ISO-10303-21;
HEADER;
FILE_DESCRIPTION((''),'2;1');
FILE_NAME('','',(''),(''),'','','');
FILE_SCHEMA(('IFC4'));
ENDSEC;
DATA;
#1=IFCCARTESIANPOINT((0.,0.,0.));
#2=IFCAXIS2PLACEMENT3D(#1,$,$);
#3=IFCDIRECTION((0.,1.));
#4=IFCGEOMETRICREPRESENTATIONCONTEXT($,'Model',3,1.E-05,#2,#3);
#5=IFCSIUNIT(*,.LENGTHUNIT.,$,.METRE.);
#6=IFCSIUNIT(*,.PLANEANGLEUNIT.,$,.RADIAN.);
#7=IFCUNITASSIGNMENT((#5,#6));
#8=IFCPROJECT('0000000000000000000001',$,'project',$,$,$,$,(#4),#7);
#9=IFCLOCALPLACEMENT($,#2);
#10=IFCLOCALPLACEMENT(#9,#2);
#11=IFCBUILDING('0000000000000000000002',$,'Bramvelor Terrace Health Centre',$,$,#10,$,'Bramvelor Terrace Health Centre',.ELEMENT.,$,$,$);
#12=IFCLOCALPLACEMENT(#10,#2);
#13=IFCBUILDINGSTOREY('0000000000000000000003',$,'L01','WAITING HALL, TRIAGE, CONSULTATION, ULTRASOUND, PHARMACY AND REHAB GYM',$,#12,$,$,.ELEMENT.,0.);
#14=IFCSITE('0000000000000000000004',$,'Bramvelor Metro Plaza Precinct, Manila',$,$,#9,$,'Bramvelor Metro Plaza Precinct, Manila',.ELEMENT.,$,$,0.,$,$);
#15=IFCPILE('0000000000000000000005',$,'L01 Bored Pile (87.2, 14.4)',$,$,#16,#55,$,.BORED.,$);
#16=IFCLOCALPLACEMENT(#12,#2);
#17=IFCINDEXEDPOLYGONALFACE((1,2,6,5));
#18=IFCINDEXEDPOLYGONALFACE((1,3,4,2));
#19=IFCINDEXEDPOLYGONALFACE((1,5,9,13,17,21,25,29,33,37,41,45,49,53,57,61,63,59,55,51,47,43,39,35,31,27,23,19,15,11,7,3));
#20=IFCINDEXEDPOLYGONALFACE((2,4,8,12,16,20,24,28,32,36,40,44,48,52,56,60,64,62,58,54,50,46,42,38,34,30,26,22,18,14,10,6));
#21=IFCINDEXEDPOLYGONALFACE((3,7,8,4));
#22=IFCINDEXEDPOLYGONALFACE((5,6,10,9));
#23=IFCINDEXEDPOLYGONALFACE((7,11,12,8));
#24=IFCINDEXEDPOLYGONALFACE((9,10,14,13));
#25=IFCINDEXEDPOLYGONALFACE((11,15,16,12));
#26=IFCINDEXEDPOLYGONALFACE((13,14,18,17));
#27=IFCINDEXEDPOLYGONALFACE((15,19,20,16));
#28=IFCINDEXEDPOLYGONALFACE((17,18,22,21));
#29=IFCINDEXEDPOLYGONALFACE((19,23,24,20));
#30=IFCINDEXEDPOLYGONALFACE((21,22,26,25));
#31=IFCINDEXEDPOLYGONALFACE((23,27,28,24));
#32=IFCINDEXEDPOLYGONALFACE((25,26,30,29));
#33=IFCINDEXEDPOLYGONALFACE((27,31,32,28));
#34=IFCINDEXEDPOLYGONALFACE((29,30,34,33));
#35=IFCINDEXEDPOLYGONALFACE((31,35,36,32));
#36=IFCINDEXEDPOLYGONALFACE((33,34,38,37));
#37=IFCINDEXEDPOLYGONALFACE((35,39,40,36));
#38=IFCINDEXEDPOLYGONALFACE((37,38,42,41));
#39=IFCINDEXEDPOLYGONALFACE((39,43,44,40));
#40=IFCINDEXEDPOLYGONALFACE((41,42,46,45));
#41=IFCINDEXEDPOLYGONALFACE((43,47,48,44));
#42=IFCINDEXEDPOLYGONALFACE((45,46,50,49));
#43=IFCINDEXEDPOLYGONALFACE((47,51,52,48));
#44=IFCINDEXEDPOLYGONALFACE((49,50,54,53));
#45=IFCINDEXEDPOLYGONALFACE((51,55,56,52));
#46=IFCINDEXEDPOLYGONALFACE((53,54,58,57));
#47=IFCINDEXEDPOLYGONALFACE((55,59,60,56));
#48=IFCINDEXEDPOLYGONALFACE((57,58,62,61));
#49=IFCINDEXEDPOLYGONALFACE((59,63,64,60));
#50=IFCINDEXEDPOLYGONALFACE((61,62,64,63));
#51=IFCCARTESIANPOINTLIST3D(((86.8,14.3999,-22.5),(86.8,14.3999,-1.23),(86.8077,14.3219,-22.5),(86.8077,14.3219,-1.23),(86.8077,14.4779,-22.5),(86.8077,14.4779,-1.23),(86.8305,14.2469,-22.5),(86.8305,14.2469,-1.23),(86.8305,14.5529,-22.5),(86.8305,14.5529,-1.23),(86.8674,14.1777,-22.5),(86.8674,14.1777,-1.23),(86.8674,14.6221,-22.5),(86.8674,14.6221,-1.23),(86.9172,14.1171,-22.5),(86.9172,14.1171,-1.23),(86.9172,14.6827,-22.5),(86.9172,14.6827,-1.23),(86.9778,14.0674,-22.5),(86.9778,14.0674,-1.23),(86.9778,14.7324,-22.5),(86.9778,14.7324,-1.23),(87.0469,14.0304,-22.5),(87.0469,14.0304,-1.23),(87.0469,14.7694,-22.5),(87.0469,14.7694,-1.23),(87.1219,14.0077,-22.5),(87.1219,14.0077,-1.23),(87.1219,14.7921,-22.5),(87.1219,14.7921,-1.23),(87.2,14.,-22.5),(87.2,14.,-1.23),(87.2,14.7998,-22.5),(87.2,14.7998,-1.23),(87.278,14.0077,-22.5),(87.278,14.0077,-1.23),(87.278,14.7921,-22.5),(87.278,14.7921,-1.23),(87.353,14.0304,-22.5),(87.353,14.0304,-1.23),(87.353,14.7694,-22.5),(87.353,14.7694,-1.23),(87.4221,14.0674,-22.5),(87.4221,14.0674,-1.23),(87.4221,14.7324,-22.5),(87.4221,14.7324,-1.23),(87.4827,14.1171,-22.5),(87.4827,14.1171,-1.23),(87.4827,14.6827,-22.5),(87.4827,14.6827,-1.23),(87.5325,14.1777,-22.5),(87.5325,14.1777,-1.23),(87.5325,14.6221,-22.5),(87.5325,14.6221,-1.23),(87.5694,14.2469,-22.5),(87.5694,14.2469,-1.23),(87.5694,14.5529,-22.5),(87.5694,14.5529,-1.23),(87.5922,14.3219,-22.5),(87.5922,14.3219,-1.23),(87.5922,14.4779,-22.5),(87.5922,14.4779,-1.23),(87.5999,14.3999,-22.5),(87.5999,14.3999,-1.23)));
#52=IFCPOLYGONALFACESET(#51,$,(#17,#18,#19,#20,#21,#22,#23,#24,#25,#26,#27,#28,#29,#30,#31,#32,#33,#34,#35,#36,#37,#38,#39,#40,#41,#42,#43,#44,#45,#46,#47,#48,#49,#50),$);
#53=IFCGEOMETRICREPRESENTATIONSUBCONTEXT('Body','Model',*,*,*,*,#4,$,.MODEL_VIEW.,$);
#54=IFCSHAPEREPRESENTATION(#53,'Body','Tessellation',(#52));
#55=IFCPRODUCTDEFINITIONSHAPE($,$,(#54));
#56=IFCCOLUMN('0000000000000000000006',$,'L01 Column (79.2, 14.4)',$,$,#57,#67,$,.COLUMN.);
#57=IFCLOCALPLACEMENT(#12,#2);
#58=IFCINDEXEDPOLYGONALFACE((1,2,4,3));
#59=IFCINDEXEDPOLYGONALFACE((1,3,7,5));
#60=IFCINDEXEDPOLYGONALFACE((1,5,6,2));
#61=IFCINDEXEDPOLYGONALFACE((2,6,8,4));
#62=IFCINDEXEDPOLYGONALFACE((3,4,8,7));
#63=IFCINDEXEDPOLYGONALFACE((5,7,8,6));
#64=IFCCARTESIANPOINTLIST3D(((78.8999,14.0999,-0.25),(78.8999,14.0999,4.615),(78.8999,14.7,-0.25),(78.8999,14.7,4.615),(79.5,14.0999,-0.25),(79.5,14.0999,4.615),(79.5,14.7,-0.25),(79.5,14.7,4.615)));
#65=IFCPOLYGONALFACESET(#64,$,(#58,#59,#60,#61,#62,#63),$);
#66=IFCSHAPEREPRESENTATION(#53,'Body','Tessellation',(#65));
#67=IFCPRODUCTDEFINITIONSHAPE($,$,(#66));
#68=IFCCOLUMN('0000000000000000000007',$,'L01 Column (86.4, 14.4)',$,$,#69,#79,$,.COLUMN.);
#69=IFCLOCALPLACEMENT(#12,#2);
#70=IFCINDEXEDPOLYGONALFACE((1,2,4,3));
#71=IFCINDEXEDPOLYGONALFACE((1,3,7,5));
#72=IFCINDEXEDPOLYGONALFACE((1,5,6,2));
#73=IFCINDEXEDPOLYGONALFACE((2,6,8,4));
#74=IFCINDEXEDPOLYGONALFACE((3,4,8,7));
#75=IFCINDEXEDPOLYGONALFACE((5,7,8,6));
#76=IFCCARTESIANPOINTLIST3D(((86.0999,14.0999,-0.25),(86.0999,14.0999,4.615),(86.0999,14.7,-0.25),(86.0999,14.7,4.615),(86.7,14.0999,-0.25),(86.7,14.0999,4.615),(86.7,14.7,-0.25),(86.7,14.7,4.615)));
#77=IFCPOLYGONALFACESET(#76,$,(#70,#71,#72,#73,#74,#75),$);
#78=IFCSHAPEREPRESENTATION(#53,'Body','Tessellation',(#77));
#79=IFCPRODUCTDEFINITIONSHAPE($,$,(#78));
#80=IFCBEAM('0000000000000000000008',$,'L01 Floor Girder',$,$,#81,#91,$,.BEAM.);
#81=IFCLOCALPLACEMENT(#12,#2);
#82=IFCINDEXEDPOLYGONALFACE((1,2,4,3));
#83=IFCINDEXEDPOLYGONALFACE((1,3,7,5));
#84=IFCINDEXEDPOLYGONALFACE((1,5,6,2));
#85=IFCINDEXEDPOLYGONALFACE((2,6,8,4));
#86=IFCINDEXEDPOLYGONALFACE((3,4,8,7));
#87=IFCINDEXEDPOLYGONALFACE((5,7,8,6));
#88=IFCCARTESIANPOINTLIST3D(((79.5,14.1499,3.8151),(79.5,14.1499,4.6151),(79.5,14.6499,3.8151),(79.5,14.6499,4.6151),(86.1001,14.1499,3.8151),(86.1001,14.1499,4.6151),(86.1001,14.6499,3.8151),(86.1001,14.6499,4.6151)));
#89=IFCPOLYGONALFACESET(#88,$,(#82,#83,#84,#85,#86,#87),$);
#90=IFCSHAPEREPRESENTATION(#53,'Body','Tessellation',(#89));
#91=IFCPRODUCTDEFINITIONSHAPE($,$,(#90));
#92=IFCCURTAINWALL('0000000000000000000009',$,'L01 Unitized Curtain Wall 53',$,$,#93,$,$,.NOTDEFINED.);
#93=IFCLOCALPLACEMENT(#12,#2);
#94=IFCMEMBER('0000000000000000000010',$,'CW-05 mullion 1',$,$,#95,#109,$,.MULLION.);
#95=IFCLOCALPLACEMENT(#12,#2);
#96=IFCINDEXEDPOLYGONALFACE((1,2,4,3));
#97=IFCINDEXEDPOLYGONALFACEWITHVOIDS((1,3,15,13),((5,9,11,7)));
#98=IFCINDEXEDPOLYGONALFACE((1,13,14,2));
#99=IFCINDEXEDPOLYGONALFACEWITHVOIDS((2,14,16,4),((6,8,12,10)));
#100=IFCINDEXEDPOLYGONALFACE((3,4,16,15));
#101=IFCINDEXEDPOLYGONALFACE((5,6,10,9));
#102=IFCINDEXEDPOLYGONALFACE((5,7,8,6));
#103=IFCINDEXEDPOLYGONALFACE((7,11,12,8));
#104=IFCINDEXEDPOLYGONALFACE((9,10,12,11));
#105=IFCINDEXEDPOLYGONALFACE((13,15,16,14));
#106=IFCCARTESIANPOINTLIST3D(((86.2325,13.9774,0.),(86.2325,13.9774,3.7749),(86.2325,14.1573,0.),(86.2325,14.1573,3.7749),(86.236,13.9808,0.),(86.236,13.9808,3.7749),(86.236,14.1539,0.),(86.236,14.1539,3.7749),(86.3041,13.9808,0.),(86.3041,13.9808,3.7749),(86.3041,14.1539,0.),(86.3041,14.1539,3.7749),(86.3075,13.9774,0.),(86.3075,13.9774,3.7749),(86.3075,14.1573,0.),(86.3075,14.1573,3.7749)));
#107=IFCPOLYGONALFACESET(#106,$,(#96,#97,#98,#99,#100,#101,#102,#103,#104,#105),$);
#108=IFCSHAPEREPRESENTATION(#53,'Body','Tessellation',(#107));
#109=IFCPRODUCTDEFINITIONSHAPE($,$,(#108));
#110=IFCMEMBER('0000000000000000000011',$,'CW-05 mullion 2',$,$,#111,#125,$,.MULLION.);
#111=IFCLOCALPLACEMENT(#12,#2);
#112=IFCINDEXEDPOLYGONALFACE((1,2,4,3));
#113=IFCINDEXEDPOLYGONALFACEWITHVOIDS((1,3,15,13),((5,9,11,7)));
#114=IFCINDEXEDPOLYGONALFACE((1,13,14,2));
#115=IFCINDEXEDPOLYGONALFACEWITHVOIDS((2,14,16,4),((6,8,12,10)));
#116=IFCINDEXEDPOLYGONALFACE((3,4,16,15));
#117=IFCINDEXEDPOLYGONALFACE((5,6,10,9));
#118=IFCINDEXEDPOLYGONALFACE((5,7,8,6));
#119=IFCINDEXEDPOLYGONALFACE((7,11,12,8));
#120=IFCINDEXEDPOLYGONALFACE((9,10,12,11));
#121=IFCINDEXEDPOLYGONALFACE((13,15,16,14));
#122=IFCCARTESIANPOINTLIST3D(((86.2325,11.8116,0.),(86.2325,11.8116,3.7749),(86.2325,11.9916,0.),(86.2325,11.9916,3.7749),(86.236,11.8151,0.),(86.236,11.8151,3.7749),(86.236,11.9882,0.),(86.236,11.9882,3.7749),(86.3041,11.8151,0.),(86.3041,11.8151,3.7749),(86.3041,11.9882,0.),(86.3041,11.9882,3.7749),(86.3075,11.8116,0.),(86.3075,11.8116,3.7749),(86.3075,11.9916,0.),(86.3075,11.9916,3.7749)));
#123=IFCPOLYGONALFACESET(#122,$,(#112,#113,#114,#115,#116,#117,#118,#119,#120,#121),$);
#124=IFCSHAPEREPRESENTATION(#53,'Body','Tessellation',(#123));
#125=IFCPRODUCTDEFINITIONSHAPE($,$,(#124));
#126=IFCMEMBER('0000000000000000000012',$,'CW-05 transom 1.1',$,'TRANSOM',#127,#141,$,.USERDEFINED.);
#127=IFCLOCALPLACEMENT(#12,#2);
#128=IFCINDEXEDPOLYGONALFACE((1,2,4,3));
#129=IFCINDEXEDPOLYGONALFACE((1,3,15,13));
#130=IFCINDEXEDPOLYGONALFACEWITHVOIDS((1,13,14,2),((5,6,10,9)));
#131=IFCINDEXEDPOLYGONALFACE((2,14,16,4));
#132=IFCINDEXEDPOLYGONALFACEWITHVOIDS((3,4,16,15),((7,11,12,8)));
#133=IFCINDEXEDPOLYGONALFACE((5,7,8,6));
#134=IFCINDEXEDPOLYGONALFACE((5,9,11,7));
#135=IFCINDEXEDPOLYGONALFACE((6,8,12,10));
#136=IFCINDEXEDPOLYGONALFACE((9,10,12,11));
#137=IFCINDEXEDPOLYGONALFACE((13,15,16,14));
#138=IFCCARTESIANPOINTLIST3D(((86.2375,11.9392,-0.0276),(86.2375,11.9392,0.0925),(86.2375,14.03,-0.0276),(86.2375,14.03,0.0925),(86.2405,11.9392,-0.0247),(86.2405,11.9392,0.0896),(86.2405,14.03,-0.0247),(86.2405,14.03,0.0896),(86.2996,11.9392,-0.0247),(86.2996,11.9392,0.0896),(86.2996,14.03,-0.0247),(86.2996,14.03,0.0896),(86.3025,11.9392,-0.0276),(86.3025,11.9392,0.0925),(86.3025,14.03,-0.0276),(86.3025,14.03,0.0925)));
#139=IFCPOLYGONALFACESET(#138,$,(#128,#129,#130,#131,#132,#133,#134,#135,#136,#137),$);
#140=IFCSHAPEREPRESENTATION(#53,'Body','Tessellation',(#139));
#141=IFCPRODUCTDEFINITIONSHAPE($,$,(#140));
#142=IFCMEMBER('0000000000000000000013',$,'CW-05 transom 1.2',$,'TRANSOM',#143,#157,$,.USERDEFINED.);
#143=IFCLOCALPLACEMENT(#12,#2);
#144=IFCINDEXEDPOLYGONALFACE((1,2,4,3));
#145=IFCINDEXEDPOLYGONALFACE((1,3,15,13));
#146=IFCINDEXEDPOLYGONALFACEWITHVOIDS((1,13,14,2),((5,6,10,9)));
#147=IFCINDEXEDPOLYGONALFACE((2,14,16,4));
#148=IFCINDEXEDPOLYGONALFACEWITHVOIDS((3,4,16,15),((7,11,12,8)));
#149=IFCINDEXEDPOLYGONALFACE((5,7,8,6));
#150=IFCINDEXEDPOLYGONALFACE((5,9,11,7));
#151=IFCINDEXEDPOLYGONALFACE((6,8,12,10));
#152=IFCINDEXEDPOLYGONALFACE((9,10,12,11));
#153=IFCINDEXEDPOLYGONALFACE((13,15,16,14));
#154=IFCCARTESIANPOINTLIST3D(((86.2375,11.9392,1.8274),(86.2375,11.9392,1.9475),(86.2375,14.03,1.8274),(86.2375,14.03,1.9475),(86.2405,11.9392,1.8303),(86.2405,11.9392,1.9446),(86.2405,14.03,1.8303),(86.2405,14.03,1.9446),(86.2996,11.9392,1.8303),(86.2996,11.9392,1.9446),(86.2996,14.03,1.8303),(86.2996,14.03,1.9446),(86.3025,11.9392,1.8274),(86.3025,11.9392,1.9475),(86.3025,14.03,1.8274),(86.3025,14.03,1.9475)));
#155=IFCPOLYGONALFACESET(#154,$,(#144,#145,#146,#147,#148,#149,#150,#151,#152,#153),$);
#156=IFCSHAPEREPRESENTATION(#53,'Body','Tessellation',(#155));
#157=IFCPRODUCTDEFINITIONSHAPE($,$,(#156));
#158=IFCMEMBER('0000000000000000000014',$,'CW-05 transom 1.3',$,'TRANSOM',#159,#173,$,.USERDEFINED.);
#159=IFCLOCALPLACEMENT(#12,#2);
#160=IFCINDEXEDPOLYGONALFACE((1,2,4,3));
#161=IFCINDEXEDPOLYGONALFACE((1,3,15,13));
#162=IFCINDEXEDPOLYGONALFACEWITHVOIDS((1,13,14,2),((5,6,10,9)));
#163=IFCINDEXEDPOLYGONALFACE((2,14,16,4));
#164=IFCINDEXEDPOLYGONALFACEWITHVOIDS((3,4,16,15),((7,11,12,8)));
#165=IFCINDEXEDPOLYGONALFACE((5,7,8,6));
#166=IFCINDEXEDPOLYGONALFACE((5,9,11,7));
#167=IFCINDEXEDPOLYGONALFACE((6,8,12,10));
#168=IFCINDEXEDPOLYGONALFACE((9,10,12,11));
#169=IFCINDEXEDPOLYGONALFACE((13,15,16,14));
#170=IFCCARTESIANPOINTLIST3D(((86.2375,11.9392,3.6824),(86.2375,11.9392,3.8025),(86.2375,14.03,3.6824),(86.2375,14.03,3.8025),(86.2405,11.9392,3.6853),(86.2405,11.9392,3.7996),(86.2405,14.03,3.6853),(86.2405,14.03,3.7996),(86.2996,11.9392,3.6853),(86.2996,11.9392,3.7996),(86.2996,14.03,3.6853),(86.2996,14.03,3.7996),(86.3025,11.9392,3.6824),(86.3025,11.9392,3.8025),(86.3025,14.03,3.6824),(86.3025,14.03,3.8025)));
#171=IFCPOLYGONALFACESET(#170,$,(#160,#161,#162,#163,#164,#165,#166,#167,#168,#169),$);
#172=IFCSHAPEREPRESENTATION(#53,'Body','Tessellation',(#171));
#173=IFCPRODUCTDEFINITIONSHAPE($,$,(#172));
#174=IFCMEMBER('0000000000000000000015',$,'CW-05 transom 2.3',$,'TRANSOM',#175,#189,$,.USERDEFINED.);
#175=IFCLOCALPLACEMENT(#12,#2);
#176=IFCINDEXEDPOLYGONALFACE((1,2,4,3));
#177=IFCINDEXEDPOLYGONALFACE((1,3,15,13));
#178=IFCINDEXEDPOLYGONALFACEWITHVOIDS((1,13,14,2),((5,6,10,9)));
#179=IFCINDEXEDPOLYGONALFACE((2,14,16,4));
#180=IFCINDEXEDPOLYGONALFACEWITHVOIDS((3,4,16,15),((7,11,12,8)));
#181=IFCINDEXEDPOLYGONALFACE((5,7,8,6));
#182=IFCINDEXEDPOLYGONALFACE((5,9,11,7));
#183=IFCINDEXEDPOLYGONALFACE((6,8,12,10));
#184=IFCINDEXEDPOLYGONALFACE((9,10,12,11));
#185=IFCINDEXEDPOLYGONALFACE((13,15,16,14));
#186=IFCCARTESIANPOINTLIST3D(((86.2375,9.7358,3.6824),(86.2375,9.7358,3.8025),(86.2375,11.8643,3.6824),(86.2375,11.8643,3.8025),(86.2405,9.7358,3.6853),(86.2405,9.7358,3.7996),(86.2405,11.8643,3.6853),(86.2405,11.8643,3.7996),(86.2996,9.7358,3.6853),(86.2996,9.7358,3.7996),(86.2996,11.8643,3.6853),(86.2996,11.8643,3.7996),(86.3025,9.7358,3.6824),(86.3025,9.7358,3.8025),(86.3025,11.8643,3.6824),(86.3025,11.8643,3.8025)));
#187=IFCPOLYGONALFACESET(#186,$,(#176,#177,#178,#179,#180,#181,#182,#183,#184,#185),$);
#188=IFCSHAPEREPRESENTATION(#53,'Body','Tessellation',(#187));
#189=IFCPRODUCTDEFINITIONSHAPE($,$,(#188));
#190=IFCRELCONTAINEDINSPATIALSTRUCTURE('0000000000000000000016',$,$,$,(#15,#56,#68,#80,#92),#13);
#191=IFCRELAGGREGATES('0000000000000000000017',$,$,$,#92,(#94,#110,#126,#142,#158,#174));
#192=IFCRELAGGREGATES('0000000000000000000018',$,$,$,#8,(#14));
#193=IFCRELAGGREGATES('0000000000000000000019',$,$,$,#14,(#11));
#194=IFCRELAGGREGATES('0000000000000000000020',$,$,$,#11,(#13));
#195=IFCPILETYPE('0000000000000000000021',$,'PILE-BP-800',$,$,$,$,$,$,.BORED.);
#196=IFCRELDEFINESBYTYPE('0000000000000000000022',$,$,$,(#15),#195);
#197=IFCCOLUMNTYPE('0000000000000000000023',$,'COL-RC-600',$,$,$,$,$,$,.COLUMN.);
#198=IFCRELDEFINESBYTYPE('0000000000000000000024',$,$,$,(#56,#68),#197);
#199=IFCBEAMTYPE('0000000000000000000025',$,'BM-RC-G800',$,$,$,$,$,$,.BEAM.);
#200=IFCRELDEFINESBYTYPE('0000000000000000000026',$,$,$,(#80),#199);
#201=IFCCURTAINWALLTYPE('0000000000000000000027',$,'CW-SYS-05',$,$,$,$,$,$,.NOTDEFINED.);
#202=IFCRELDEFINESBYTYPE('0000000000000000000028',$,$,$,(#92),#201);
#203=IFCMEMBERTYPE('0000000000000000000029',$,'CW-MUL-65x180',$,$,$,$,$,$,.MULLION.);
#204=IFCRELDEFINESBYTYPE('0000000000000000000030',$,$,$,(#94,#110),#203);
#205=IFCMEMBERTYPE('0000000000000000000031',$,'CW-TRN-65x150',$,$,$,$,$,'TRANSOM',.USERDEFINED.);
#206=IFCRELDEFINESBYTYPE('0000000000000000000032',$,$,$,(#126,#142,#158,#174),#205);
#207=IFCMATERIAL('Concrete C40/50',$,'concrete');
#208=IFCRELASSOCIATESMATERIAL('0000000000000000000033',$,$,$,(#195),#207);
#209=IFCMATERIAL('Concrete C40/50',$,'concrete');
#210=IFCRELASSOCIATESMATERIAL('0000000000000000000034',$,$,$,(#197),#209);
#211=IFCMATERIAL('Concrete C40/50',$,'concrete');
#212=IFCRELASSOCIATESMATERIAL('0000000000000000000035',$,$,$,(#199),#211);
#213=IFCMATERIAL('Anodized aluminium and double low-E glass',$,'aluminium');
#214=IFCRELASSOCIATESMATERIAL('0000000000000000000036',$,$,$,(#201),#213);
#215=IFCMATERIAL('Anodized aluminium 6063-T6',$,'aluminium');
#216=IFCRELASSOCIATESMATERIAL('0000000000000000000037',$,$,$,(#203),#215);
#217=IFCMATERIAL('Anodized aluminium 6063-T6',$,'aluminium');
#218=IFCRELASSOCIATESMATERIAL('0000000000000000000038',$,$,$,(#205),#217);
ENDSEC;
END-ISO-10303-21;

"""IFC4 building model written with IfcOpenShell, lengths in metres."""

from ifc_helpers import new_model, si_unit, direction, frame, origin, origin_2d, place, context, subcontext, project, spatial, rectangle, hollow_rectangle, circle, extrude, material, material_profile, profile_set, type_object, element, aggregate, save


model = new_model("IFC4")

# Units and contexts
model_context = context("Model", 3, precision=1e-05, world=origin(), true_north=direction((0.0, 1.0)))
body_context = subcontext(model_context, "Body", "Model", "MODEL_VIEW")
ifc_project = project(units=[si_unit("LENGTHUNIT", "METRE"), si_unit("PLANEANGLEUNIT", "RADIAN")], contexts=[model_context])

# Site, building, storey
site_placement = place(None, origin())
site = spatial("IfcSite", under=ifc_project, at=site_placement, Name="Bramvelor Metro Plaza Precinct, Manila", LongName="Bramvelor Metro Plaza Precinct, Manila", CompositionType="ELEMENT", RefElevation=0.0)
building_placement = place(site_placement, origin())
building = spatial("IfcBuilding", under=site, at=building_placement, Name="Bramvelor Terrace Health Centre", LongName="Bramvelor Terrace Health Centre", CompositionType="ELEMENT")
storey_placement = place(building_placement, origin())
storey = spatial("IfcBuildingStorey", under=building, at=storey_placement, Name="L01", Description="WAITING HALL, TRIAGE, CONSULTATION, ULTRASOUND, PHARMACY AND REHAB GYM", CompositionType="ELEMENT", Elevation=0.0)

# Pile
ifc_material_1 = material(Name="Concrete C40/50", Category="concrete")
ifc_material_profile_1 = material_profile(ifc_material_1, circle(Radius=0.3999, at=origin_2d()), Name="BP D800")
ifc_profile_set_1 = profile_set([ifc_material_profile_1], Name="Concrete C40/50")
pile_type = type_object("IfcPileType", Name="PILE-BP-800", PredefinedType="BORED", material=ifc_profile_set_1)
for number, where, z_axis, x_axis, name in (
    (1, (87.2, 14.3999, -1.23), (0.0, 0.0, -1.0), (1.0, 0.0, 0.0), "L01 Bored Pile (87.2, 14.4)"),
):
    element("IfcPile", number, at=place(storey_placement, frame(where, z_axis=z_axis, x_axis=x_axis)), inside=storey, type_object=pile_type, Name=name, PredefinedType="BORED", context=body_context, shape_type="SweptSolid", body=[
        extrude(circle(Radius=0.3999, at=origin_2d()), origin(), (0.0, 0.0, 1.0), 21.27),
    ])

# Columns
ifc_material_2 = material(Name="Concrete C40/50", Category="concrete")
ifc_material_profile_2 = material_profile(ifc_material_2, rectangle(XDim=0.6001, YDim=0.6001, at=origin_2d()), Name="RC 600x600")
ifc_profile_set_2 = profile_set([ifc_material_profile_2], Name="Concrete C40/50")
column_type = type_object("IfcColumnType", Name="COL-RC-600", PredefinedType="COLUMN", material=ifc_profile_set_2)
for number, where, z_axis, x_axis, name in (
    (2, (79.2, 14.3999, -0.25), (0.0, 0.0, 1.0), (1.0, 0.0, 0.0), "L01 Column (79.2, 14.4)"),
    (3, (86.3999, 14.3999, -0.25), (0.0, 0.0, 1.0), (1.0, 0.0, 0.0), "L01 Column (86.4, 14.4)"),
):
    element("IfcColumn", number, at=place(storey_placement, frame(where, z_axis=z_axis, x_axis=x_axis)), inside=storey, type_object=column_type, Name=name, PredefinedType="COLUMN", context=body_context, shape_type="SweptSolid", body=[
        extrude(rectangle(XDim=0.6001, YDim=0.6001, at=origin_2d()), origin(), (0.0, 0.0, 1.0), 4.865),
    ])

# Beam
ifc_material_3 = material(Name="Concrete C40/50", Category="concrete")
ifc_material_profile_3 = material_profile(ifc_material_3, rectangle(XDim=0.5, YDim=0.8, at=origin_2d()), Name="RC 500x800")
ifc_profile_set_3 = profile_set([ifc_material_profile_3], Name="Concrete C40/50")
beam_type = type_object("IfcBeamType", Name="BM-RC-G800", PredefinedType="BEAM", material=ifc_profile_set_3)
beam_placement = place(storey_placement, frame((79.5, 14.3999, 4.2151), z_axis=(1.0, 0.0, 0.0), x_axis=(0.0, 1.0, 0.0)))
element("IfcBeam", 4, at=beam_placement, inside=storey, type_object=beam_type, Name="L01 Floor Girder", PredefinedType="BEAM", context=body_context, shape_type="SweptSolid", body=[
    extrude(rectangle(XDim=0.5, YDim=0.8, at=origin_2d()), origin(), (0.0, 0.0, 1.0), 6.6001),
])

# Curtain wall, members
ifc_material_4 = material(Name="Anodized aluminium and double low-E glass", Category="aluminium")
curtain_wall_type = type_object("IfcCurtainWallType", Name="CW-SYS-05", PredefinedType="NOTDEFINED", material=ifc_material_4)
curtain_wall_placement = place(storey_placement, origin())
curtain_wall = element("IfcCurtainWall", 5, at=curtain_wall_placement, inside=storey, type_object=curtain_wall_type, Name="L01 Unitized Curtain Wall 53", PredefinedType="NOTDEFINED")
ifc_material_5 = material(Name="Anodized aluminium 6063-T6", Category="aluminium")
ifc_material_profile_4 = material_profile(ifc_material_5, hollow_rectangle(XDim=0.075, YDim=0.1799, WallThickness=0.0034, at=origin_2d()), Name="ALU-MUL 75x180x3.5")
ifc_profile_set_4 = profile_set([ifc_material_profile_4], Name="Anodized aluminium 6063-T6")
member_type_1 = type_object("IfcMemberType", Name="CW-MUL-65x180", PredefinedType="MULLION", material=ifc_profile_set_4)
member_1_placement = place(storey_placement, frame((86.27, 14.0674, 0.0), z_axis=(0.0, 0.0, 1.0), x_axis=(1.0, 0.0, 0.0)))
member_1 = element("IfcMember", 6, at=member_1_placement, type_object=member_type_1, Name="CW-05 mullion 1", PredefinedType="MULLION", context=body_context, shape_type="SweptSolid", body=[
    extrude(hollow_rectangle(XDim=0.075, YDim=0.1799, WallThickness=0.0034, at=origin_2d()), origin(), (0.0, 0.0, 1.0), 3.7749),
])
member_2_placement = place(storey_placement, frame((86.27, 11.9016, 0.0), z_axis=(0.0, 0.0, 1.0), x_axis=(1.0, 0.0, 0.0)))
member_2 = element("IfcMember", 7, at=member_2_placement, type_object=member_type_1, Name="CW-05 mullion 2", PredefinedType="MULLION", context=body_context, shape_type="SweptSolid", body=[
    extrude(hollow_rectangle(XDim=0.075, YDim=0.1799, WallThickness=0.0034, at=origin_2d()), origin(), (0.0, 0.0, 1.0), 3.7749),
])
ifc_material_6 = material(Name="Anodized aluminium 6063-T6", Category="aluminium")
ifc_material_profile_5 = material_profile(ifc_material_6, hollow_rectangle(XDim=0.0649, YDim=0.1201, WallThickness=0.0029, at=origin_2d()), Name="ALU-TRN 65x120x3.0")
ifc_profile_set_5 = profile_set([ifc_material_profile_5], Name="Anodized aluminium 6063-T6")
member_type_2 = type_object("IfcMemberType", Name="CW-TRN-65x150", ElementType="TRANSOM", PredefinedType="USERDEFINED", material=ifc_profile_set_5)
member_3_placement = place(storey_placement, frame((86.27, 14.03, 0.0325), z_axis=(0.0, -1.0, 0.0), x_axis=(1.0, 0.0, 0.0)))
member_3 = element("IfcMember", 8, at=member_3_placement, type_object=member_type_2, Name="CW-05 transom 1.1", ObjectType="TRANSOM", PredefinedType="USERDEFINED", context=body_context, shape_type="SweptSolid", body=[
    extrude(hollow_rectangle(XDim=0.0649, YDim=0.1201, WallThickness=0.0029, at=origin_2d()), origin(), (0.0, 0.0, 1.0), 2.0908),
])
member_4_placement = place(storey_placement, frame((86.27, 14.03, 1.8875), z_axis=(0.0, -1.0, 0.0), x_axis=(1.0, 0.0, 0.0)))
member_4 = element("IfcMember", 9, at=member_4_placement, type_object=member_type_2, Name="CW-05 transom 1.2", ObjectType="TRANSOM", PredefinedType="USERDEFINED", context=body_context, shape_type="SweptSolid", body=[
    extrude(hollow_rectangle(XDim=0.0649, YDim=0.1201, WallThickness=0.0029, at=origin_2d()), origin(), (0.0, 0.0, 1.0), 2.0908),
])
member_5_placement = place(storey_placement, frame((86.27, 14.03, 3.7424), z_axis=(0.0, -1.0, 0.0), x_axis=(1.0, 0.0, 0.0)))
member_5 = element("IfcMember", 10, at=member_5_placement, type_object=member_type_2, Name="CW-05 transom 1.3", ObjectType="TRANSOM", PredefinedType="USERDEFINED", context=body_context, shape_type="SweptSolid", body=[
    extrude(hollow_rectangle(XDim=0.0649, YDim=0.1201, WallThickness=0.0029, at=origin_2d()), origin(), (0.0, 0.0, 1.0), 2.0908),
])
member_6_placement = place(storey_placement, frame((86.27, 11.8643, 3.7424), z_axis=(0.0, -1.0, 0.0), x_axis=(1.0, 0.0, 0.0)))
member_6 = element("IfcMember", 11, at=member_6_placement, type_object=member_type_2, Name="CW-05 transom 2.3", ObjectType="TRANSOM", PredefinedType="USERDEFINED", context=body_context, shape_type="SweptSolid", body=[
    extrude(hollow_rectangle(XDim=0.0649, YDim=0.1201, WallThickness=0.0029, at=origin_2d()), origin(), (0.0, 0.0, 1.0), 2.1284),
])
aggregate(curtain_wall, [member_1, member_2, member_3, member_4, member_5, member_6])

save(model, "model.ifc")
